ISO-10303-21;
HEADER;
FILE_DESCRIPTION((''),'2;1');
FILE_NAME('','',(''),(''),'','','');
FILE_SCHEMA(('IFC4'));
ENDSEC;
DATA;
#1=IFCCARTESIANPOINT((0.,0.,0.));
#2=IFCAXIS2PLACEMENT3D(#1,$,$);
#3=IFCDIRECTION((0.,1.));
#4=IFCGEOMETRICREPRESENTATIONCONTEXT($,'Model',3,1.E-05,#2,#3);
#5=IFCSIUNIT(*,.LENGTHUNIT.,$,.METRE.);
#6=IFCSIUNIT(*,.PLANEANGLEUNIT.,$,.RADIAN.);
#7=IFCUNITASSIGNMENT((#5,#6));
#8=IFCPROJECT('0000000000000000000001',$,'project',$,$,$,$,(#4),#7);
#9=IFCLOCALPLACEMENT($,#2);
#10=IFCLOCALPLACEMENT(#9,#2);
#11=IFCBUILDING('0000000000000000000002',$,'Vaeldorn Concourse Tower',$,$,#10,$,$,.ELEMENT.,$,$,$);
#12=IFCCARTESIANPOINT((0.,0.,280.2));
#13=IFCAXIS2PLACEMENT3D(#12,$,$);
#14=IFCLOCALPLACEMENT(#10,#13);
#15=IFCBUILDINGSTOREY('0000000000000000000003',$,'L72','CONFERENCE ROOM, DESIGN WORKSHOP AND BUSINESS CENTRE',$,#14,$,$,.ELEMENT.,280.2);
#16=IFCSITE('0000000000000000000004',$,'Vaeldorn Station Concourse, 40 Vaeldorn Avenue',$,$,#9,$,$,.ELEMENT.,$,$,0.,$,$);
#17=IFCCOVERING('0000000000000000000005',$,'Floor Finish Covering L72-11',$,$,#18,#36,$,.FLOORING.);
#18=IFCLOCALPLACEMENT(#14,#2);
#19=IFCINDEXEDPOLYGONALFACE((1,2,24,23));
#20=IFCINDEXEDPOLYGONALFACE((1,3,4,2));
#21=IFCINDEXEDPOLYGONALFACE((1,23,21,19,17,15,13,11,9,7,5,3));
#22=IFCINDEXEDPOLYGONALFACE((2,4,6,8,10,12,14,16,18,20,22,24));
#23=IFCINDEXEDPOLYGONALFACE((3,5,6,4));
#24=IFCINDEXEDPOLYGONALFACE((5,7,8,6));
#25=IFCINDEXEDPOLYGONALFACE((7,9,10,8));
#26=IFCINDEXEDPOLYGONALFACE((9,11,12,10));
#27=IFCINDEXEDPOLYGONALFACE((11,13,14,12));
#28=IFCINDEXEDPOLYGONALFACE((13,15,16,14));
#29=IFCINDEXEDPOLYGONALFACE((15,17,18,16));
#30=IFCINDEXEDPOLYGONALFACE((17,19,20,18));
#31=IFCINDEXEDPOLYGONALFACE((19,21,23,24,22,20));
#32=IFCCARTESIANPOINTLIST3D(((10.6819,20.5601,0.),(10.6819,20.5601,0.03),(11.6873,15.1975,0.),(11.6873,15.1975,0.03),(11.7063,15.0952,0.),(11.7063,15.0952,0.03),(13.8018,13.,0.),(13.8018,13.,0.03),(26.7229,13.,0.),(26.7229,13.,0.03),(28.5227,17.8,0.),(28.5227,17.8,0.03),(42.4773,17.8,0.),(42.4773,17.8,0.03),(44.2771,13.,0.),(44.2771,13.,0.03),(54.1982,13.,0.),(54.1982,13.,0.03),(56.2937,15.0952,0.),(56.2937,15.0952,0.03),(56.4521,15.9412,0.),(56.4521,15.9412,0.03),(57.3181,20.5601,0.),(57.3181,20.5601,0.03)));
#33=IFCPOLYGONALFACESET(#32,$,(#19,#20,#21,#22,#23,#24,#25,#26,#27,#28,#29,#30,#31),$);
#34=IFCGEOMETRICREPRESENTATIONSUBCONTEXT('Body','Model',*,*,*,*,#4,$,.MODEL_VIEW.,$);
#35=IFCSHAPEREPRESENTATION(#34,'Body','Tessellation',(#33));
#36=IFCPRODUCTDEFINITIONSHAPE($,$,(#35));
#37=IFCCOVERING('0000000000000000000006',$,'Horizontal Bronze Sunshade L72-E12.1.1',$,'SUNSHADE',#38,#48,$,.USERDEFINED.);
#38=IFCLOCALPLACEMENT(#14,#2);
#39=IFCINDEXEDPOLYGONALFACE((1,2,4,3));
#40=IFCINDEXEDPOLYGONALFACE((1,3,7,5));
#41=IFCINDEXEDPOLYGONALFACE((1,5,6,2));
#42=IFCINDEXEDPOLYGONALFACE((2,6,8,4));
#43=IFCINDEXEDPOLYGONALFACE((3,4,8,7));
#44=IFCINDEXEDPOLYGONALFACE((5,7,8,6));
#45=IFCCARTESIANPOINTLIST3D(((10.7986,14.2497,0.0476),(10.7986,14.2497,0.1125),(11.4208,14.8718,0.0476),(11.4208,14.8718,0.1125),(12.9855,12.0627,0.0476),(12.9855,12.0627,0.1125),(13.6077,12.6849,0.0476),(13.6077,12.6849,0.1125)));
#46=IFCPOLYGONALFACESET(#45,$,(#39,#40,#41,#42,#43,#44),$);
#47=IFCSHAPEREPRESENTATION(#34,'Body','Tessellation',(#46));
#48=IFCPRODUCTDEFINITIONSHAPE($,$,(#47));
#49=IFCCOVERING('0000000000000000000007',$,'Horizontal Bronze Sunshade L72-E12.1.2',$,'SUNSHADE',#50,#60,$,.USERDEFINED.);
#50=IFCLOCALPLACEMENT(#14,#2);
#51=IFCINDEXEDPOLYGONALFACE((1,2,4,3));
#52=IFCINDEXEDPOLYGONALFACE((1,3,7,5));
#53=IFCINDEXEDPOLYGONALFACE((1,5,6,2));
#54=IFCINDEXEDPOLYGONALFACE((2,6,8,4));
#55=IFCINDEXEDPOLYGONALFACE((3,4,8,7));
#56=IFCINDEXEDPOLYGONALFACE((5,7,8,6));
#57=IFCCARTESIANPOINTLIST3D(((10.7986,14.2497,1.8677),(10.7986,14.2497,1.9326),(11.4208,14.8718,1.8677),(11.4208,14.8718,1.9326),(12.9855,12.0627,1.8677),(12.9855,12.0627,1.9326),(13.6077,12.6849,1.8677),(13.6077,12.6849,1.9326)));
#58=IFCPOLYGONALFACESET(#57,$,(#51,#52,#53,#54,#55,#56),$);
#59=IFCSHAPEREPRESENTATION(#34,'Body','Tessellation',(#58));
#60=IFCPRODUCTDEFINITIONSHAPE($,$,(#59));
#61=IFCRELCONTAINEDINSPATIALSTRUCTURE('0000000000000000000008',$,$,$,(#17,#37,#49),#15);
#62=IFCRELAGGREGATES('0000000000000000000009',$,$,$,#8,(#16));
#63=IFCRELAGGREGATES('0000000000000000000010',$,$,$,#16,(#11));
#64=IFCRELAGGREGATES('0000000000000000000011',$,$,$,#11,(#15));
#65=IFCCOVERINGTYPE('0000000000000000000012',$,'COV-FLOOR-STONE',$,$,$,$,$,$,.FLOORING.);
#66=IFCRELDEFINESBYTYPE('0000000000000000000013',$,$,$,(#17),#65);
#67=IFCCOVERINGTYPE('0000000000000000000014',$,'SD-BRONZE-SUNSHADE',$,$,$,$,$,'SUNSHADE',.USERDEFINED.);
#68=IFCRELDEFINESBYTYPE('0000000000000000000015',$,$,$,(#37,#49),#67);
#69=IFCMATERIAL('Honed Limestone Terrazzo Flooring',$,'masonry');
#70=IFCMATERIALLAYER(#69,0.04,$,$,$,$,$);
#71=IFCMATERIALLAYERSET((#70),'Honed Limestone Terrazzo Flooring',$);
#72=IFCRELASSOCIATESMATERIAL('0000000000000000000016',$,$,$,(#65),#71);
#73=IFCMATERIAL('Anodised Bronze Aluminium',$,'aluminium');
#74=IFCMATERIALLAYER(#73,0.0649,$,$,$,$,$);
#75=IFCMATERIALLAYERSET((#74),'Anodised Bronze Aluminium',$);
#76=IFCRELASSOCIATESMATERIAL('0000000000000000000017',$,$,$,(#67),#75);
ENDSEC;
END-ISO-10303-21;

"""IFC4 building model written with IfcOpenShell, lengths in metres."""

from ifc_helpers import new_model, si_unit, direction, frame, origin, origin_2d, place, context, subcontext, project, spatial, polyline, rectangle, outline, extrude, source, transform, mapped, material, layer, layer_set, type_object, element, save


model = new_model("IFC4")

# Units and contexts
model_context = context("Model", 3, precision=1e-05, world=origin(), true_north=direction((0.0, 1.0)))
body_context = subcontext(model_context, "Body", "Model", "MODEL_VIEW")
ifc_project = project(units=[si_unit("LENGTHUNIT", "METRE"), si_unit("PLANEANGLEUNIT", "RADIAN")], contexts=[model_context])

# Site, building, storey
site_placement = place(None, origin())
site = spatial("IfcSite", under=ifc_project, at=site_placement, Name="Vaeldorn Station Concourse, 40 Vaeldorn Avenue", CompositionType="ELEMENT", RefElevation=0.0)
building_placement = place(site_placement, origin())
building = spatial("IfcBuilding", under=site, at=building_placement, Name="Vaeldorn Concourse Tower", CompositionType="ELEMENT")
storey_placement = place(building_placement, frame((0.0, 0.0, 280.2)))
storey = spatial("IfcBuildingStorey", under=building, at=storey_placement, Name="L72", Description="CONFERENCE ROOM, DESIGN WORKSHOP AND BUSINESS CENTRE", CompositionType="ELEMENT", Elevation=280.2)

# Coverings
ifc_material_1 = material(Name="Anodised Bronze Aluminium", Category="aluminium")
ifc_material_2 = material(Name="Honed Limestone Terrazzo Flooring", Category="masonry")
ifc_layer_1 = layer(ifc_material_2, 0.04)
ifc_layer_set_1 = layer_set([ifc_layer_1], Name="Honed Limestone Terrazzo Flooring")
covering_type_1 = type_object("IfcCoveringType", Name="COV-FLOOR-STONE", PredefinedType="FLOORING", material=ifc_layer_set_1)
covering_1_placement = place(storey_placement, origin())
element("IfcCovering", 1, at=covering_1_placement, inside=storey, type_object=covering_type_1, Name="Floor Finish Covering L72-11", PredefinedType="FLOORING", context=body_context, shape_type="SweptSolid", body=[
    extrude(outline(polyline([(57.3181, 20.5601), (56.4521, 15.9412), (56.4521, 15.9412), (56.2937, 15.0952), (54.1982, 13.0), (44.2771, 13.0), (42.4773, 17.8), (28.5227, 17.8), (26.7229, 13.0), (13.8018, 13.0), (11.7063, 15.0952), (11.6873, 15.1975), (10.6819, 20.5601), (57.3181, 20.5601)])), origin(), (0.0, 0.0, 1.0), 0.03),
])
ifc_layer_2 = layer(ifc_material_1, 0.0649)
ifc_layer_set_2 = layer_set([ifc_layer_2], Name="Anodised Bronze Aluminium")
covering_type_2 = type_object("IfcCoveringType", Name="SD-BRONZE-SUNSHADE", ElementType="SUNSHADE", PredefinedType="USERDEFINED", material=ifc_layer_set_2)
shared_shape = source(origin(), body_context, "Body", "SweptSolid", [
    extrude(rectangle(XDim=3.0928, YDim=0.8799, at=origin_2d()), origin(), (0.0, 0.0, 1.0), 0.0649),
])
for number, where, z_axis, x_axis, name in (
    (2, (12.2031, 13.4673, 0.0476), (0.0, 0.0, 1.0), (0.707107, -0.707107, 0.0), "Horizontal Bronze Sunshade L72-E12.1.1"),
    (3, (12.2031, 13.4673, 1.8677), (0.0, 0.0, 1.0), (0.707107, -0.707107, 0.0), "Horizontal Bronze Sunshade L72-E12.1.2"),
):
    element("IfcCovering", number, at=place(storey_placement, frame(where, z_axis=z_axis, x_axis=x_axis)), inside=storey, type_object=covering_type_2, Name=name, ObjectType="SUNSHADE", PredefinedType="USERDEFINED", context=body_context, shape_type="MappedRepresentation", body=[
        mapped(shared_shape, transform((0.0, 0.0, 0.0), scale=1.0)),
    ])

save(model, "model.ifc")
